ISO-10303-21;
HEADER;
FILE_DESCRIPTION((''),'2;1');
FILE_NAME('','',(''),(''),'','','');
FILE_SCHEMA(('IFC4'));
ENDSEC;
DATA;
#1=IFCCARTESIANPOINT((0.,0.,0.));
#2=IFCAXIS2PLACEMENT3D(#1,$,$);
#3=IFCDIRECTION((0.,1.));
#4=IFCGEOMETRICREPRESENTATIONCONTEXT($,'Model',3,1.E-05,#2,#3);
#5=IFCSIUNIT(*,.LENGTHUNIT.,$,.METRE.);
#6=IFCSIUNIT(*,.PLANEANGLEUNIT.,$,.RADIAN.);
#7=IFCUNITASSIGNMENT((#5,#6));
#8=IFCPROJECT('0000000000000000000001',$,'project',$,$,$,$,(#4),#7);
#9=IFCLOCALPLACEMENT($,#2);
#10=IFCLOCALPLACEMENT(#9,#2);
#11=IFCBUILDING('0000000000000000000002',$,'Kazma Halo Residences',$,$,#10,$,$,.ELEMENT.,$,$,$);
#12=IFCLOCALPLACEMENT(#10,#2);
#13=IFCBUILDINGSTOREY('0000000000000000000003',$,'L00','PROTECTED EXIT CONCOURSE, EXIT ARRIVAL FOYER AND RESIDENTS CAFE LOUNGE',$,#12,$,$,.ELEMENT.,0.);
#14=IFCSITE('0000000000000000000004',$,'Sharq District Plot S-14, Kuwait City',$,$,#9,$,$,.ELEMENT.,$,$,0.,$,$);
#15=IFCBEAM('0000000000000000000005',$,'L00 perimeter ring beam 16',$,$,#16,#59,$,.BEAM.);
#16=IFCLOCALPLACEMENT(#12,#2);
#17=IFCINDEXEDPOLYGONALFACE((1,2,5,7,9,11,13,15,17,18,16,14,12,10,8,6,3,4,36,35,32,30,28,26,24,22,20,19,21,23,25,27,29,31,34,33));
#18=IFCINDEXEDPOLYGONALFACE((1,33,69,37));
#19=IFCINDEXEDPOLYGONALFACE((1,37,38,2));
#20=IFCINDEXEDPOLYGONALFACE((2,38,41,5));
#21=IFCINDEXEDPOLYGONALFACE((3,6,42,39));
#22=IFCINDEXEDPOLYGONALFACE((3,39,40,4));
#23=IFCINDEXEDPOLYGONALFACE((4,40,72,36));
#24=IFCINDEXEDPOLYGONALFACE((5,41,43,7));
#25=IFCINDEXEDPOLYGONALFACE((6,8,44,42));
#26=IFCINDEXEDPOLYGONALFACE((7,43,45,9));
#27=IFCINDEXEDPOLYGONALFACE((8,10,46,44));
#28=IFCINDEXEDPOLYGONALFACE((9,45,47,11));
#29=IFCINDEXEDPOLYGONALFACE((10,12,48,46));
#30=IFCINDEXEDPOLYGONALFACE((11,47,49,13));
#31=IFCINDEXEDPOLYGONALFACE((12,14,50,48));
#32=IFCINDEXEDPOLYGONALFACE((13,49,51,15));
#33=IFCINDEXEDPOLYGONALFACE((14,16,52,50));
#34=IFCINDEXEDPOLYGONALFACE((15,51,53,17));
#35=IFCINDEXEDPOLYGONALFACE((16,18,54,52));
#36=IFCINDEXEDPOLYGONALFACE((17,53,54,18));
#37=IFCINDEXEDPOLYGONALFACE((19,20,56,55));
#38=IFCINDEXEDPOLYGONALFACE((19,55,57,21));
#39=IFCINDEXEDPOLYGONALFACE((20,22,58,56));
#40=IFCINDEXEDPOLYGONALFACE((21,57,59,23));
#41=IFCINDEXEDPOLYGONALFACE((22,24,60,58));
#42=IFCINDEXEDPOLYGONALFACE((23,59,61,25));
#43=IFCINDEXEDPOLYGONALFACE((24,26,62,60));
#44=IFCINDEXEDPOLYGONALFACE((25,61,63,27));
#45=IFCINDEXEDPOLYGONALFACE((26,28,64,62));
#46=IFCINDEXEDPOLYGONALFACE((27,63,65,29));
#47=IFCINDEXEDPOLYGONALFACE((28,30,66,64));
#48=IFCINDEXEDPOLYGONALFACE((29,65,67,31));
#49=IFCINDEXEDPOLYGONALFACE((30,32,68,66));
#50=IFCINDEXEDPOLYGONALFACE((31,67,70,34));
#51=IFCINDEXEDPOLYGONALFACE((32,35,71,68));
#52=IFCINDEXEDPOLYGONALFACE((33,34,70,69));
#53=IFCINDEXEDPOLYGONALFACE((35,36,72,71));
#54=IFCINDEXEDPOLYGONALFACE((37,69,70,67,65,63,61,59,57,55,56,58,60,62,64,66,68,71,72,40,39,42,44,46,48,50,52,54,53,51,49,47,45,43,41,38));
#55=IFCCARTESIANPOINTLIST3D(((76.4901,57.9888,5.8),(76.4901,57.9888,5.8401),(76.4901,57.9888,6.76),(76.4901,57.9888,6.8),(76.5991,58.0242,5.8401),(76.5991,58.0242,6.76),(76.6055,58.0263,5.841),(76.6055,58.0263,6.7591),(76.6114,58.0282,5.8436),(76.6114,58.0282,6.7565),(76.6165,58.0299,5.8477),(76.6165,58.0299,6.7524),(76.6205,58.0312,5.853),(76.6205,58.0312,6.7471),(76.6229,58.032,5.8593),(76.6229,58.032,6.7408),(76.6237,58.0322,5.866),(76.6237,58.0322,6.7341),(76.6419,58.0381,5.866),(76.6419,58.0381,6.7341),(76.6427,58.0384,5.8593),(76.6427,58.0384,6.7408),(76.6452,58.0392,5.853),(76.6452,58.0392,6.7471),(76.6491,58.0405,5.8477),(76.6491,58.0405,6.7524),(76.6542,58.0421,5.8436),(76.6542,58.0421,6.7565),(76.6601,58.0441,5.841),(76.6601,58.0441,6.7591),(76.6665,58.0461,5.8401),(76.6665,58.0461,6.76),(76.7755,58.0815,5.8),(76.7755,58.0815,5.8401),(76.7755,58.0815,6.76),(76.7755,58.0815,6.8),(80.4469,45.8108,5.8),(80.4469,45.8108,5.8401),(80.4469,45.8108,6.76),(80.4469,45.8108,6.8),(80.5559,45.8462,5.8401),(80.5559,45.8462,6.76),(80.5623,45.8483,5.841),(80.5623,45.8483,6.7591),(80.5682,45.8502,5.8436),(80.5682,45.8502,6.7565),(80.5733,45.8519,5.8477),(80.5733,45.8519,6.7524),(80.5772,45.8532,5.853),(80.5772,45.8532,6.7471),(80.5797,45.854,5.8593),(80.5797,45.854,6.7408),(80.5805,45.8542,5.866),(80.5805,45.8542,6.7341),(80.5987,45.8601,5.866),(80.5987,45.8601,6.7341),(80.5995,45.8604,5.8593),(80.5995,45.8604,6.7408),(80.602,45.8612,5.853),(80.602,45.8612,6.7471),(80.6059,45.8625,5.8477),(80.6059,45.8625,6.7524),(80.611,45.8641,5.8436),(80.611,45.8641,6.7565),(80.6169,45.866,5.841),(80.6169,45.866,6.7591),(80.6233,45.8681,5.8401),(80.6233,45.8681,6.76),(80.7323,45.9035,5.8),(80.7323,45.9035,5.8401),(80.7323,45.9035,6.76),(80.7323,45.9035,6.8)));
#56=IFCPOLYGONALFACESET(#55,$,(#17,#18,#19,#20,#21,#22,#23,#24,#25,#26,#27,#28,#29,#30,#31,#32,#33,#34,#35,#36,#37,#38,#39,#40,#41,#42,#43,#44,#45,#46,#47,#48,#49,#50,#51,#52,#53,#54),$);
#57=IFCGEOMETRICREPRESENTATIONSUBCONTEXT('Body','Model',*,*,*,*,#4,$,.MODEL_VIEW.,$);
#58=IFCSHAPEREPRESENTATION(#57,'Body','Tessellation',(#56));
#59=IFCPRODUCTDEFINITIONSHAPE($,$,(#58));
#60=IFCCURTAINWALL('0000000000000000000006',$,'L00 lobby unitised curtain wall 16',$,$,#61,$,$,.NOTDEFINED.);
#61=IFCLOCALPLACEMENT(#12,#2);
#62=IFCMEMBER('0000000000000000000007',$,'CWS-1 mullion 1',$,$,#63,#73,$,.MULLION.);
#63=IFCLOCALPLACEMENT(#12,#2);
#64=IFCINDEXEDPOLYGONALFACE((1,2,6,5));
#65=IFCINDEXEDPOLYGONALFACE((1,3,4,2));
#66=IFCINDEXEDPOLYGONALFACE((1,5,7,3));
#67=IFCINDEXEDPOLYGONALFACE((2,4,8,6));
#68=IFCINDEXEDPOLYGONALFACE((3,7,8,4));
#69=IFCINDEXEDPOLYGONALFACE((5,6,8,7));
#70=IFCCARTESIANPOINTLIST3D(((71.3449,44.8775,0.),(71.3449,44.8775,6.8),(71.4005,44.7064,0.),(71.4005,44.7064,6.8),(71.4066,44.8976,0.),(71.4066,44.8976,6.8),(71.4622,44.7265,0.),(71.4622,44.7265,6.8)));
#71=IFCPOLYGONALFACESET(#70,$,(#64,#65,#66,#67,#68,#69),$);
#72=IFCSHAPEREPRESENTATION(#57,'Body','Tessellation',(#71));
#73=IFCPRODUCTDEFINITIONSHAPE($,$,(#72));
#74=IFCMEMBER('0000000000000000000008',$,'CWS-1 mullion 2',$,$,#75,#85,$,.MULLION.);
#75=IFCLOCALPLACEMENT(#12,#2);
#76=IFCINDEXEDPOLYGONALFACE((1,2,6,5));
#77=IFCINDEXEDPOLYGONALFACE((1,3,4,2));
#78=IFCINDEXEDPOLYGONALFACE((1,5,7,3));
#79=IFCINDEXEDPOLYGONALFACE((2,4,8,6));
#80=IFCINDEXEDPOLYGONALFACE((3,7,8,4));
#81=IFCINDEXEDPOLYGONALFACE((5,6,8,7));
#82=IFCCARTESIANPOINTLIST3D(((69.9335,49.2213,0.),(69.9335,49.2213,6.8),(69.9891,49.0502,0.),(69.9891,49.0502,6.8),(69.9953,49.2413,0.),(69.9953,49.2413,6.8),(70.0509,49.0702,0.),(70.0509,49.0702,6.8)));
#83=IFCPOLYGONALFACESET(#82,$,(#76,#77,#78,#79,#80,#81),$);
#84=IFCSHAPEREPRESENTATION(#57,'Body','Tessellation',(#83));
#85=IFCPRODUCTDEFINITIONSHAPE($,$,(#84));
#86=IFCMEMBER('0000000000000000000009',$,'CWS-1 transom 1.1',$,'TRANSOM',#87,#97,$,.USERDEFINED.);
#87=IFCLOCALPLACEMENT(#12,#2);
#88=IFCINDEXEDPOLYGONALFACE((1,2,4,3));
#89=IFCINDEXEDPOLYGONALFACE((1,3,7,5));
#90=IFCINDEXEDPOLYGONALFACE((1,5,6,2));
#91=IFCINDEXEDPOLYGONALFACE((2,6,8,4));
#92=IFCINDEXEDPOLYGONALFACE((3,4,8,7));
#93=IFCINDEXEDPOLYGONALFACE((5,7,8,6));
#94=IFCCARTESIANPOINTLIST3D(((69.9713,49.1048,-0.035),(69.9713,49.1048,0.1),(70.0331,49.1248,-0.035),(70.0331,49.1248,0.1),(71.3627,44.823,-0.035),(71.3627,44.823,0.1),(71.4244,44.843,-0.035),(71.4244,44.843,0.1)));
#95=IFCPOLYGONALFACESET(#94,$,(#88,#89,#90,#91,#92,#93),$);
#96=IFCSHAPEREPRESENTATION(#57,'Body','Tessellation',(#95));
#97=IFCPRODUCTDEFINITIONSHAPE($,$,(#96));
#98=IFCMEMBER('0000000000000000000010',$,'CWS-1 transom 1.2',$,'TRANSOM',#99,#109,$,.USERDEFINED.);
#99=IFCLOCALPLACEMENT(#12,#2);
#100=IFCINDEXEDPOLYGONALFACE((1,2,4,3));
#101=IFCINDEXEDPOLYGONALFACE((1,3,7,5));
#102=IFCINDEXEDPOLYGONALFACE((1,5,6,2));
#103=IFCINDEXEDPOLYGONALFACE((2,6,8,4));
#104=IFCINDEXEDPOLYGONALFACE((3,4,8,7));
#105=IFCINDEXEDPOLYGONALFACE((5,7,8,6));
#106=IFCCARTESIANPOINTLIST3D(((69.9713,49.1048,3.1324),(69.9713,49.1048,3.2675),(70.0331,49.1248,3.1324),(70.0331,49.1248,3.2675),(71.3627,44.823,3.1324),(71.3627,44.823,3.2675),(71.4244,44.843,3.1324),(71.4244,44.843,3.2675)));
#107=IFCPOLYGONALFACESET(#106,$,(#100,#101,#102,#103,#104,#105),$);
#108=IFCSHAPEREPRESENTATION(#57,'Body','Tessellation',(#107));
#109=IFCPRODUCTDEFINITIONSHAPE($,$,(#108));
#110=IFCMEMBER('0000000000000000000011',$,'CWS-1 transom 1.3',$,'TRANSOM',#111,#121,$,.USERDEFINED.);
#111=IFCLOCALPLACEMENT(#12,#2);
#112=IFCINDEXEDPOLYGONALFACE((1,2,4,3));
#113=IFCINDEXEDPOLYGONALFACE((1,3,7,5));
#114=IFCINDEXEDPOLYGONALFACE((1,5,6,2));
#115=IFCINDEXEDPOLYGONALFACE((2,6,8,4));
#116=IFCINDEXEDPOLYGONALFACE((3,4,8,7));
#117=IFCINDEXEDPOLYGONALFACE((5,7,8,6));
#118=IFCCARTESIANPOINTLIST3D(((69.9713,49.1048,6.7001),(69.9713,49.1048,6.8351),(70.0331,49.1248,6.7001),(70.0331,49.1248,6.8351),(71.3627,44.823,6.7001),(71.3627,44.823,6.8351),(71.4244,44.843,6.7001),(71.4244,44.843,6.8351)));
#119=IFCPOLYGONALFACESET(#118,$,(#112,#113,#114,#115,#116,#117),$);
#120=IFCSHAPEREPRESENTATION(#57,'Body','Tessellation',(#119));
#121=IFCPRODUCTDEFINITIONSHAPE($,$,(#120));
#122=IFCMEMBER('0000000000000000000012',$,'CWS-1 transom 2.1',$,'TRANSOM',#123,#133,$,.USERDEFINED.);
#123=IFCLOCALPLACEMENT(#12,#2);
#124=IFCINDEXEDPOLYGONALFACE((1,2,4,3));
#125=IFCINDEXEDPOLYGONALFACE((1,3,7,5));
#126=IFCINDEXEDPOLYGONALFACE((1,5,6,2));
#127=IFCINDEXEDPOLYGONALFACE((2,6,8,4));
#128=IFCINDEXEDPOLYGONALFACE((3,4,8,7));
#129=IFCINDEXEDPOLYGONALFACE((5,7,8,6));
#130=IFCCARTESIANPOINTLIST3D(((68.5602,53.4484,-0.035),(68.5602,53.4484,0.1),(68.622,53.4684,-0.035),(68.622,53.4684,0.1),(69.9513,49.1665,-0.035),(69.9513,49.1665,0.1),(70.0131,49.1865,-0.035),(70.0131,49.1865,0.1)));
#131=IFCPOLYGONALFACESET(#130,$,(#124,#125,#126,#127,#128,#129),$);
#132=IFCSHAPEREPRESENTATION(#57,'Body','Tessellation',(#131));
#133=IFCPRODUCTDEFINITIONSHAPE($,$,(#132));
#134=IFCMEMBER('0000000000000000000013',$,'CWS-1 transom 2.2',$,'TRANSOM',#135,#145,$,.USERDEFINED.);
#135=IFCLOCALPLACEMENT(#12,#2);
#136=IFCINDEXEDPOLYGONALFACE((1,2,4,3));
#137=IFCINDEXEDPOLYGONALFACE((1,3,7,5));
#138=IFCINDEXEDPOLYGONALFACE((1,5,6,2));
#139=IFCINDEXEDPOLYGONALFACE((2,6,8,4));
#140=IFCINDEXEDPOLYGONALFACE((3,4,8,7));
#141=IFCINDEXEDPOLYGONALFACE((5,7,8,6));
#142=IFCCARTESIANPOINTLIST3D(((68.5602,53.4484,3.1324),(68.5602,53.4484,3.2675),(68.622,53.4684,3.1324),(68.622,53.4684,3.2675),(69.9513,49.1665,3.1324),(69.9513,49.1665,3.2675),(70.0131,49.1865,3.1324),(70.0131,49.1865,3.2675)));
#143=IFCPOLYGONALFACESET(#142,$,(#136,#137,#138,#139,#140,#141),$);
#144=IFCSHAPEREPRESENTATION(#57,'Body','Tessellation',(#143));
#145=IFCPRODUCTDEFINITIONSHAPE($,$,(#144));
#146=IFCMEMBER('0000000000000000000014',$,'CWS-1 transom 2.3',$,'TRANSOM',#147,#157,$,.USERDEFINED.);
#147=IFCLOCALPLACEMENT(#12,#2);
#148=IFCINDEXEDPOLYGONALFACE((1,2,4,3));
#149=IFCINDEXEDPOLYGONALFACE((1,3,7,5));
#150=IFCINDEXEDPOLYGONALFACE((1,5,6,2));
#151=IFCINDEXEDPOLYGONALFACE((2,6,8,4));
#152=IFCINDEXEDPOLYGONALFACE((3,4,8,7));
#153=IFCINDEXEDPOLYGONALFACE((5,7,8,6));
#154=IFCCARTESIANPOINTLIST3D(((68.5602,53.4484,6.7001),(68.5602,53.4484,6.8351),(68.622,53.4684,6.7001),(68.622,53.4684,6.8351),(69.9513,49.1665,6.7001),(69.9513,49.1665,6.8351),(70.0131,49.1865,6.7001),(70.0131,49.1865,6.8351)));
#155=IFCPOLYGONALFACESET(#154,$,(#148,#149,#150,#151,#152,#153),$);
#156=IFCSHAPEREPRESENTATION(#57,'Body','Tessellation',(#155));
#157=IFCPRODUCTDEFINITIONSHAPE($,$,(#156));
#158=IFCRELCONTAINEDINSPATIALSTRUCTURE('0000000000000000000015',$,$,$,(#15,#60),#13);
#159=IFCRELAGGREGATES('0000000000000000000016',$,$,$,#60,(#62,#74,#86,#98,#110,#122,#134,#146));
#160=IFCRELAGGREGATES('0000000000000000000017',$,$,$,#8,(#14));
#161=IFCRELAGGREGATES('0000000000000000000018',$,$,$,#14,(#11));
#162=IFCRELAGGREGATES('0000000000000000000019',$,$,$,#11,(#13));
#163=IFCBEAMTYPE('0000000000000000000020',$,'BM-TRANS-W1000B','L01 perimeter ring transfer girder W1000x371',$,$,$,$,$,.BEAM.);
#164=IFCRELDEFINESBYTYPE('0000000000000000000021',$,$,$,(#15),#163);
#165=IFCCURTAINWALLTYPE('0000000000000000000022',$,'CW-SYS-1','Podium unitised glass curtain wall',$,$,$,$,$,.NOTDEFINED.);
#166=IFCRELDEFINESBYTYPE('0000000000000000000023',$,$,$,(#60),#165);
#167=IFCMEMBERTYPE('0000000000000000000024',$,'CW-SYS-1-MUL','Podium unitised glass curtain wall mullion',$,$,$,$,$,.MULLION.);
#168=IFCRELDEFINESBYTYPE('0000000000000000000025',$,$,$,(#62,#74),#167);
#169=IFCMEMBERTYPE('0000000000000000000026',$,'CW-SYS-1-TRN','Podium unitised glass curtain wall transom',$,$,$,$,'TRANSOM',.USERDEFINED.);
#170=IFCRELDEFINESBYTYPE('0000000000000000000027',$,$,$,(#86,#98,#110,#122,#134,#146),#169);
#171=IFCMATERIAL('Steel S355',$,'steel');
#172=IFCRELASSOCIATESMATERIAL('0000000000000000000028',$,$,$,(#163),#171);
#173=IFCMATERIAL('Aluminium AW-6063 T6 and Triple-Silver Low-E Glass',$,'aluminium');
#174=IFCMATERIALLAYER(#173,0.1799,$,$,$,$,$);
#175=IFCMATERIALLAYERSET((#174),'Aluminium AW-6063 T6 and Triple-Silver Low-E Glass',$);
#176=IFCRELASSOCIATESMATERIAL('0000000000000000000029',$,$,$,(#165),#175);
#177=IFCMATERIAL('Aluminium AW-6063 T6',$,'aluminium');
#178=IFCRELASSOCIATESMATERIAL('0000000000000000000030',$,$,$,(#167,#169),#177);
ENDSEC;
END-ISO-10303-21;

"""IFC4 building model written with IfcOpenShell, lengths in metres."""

from ifc_helpers import new_model, si_unit, direction, frame, origin, origin_2d, place, context, subcontext, project, spatial, rectangle, i_section, extrude, material, layer, layer_set, material_profile, profile_set, type_object, element, aggregate, save


model = new_model("IFC4")

# Units and contexts
model_context = context("Model", 3, precision=1e-05, world=origin(), true_north=direction((0.0, 1.0)))
body_context = subcontext(model_context, "Body", "Model", "MODEL_VIEW")
ifc_project = project(units=[si_unit("LENGTHUNIT", "METRE"), si_unit("PLANEANGLEUNIT", "RADIAN")], contexts=[model_context])

# Site, building, storey
site_placement = place(None, origin())
site = spatial("IfcSite", under=ifc_project, at=site_placement, Name="Sharq District Plot S-14, Kuwait City", CompositionType="ELEMENT", RefElevation=0.0)
building_placement = place(site_placement, origin())
building = spatial("IfcBuilding", under=site, at=building_placement, Name="Kazma Halo Residences", CompositionType="ELEMENT")
storey_placement = place(building_placement, origin())
storey = spatial("IfcBuildingStorey", under=building, at=storey_placement, Name="L00", Description="PROTECTED EXIT CONCOURSE, EXIT ARRIVAL FOYER AND RESIDENTS CAFE LOUNGE", CompositionType="ELEMENT", Elevation=0.0)

# Shared definitions
ifc_material_1 = material(Name="Steel S355", Category="steel")

# Beam
ifc_material_profile_1 = material_profile(ifc_material_1, i_section(OverallWidth=0.3, OverallDepth=1.0, WebThickness=0.019, FlangeThickness=0.04, FilletRadius=0.0259, at=origin_2d()), Name="W1000x371")
ifc_profile_set_1 = profile_set([ifc_material_profile_1], Name="Steel S355")
beam_type_1 = type_object("IfcBeamType", Name="BM-TRANS-W1000B", Description="L01 perimeter ring transfer girder W1000x371", PredefinedType="BEAM", material=ifc_profile_set_1)
beam_1_placement = place(storey_placement, frame((80.5896, 45.8572, 6.3), z_axis=(-0.309011, 0.951058, 0.0), x_axis=(-0.951058, -0.309011, 0.0)))
element("IfcBeam", 1, at=beam_1_placement, inside=storey, type_object=beam_type_1, Name="L00 perimeter ring beam 16", PredefinedType="BEAM", context=body_context, shape_type="SweptSolid", body=[
    extrude(i_section(OverallWidth=0.3, OverallDepth=1.0, WebThickness=0.019, FlangeThickness=0.04, FilletRadius=0.0259, at=origin_2d()), origin(), (0.0, 0.0, 1.0), 12.8047),
])

# Curtain wall, members
ifc_material_2 = material(Name="Aluminium AW-6063 T6 and Triple-Silver Low-E Glass", Category="aluminium")
ifc_layer_1 = layer(ifc_material_2, 0.1799)
ifc_layer_set_1 = layer_set([ifc_layer_1], Name="Aluminium AW-6063 T6 and Triple-Silver Low-E Glass")
curtain_wall_type = type_object("IfcCurtainWallType", Name="CW-SYS-1", Description="Podium unitised glass curtain wall", PredefinedType="NOTDEFINED", material=ifc_layer_set_1)
curtain_wall_placement = place(storey_placement, origin())
curtain_wall = element("IfcCurtainWall", 2, at=curtain_wall_placement, inside=storey, type_object=curtain_wall_type, Name="L00 lobby unitised curtain wall 16", PredefinedType="NOTDEFINED")
ifc_material_3 = material(Name="Aluminium AW-6063 T6", Category="aluminium")
ifc_material_profile_2 = material_profile(ifc_material_3, rectangle(XDim=0.0649, YDim=0.1799, at=origin_2d()), Name="CWM-65x180")
ifc_profile_set_2 = profile_set([ifc_material_profile_2], Name="Aluminium AW-6063 T6")
member_type_1 = type_object("IfcMemberType", Name="CW-SYS-1-MUL", Description="Podium unitised glass curtain wall mullion", PredefinedType="MULLION", material=ifc_profile_set_2)
member_1_placement = place(storey_placement, frame((71.4036, 44.802, 0.0), z_axis=(0.0, 0.0, 1.0), x_axis=(-0.951057, -0.309015, 0.0)))
member_1 = element("IfcMember", 3, at=member_1_placement, type_object=member_type_1, Name="CWS-1 mullion 1", PredefinedType="MULLION", context=body_context, shape_type="SweptSolid", body=[
    extrude(rectangle(XDim=0.0649, YDim=0.1799, at=origin_2d()), origin(), (0.0, 0.0, 1.0), 6.8),
])
member_2_placement = place(storey_placement, frame((69.9922, 49.1458, 0.0), z_axis=(0.0, 0.0, 1.0), x_axis=(-0.951057, -0.309015, 0.0)))
member_2 = element("IfcMember", 4, at=member_2_placement, type_object=member_type_1, Name="CWS-1 mullion 2", PredefinedType="MULLION", context=body_context, shape_type="SweptSolid", body=[
    extrude(rectangle(XDim=0.0649, YDim=0.1799, at=origin_2d()), origin(), (0.0, 0.0, 1.0), 6.8),
])
ifc_material_profile_3 = material_profile(ifc_material_3, rectangle(XDim=0.0649, YDim=0.135, at=origin_2d()), Name="CWT-65x135")
ifc_profile_set_3 = profile_set([ifc_material_profile_3], Name="Aluminium AW-6063 T6")
member_type_2 = type_object("IfcMemberType", Name="CW-SYS-1-TRN", Description="Podium unitised glass curtain wall transom", ElementType="TRANSOM", PredefinedType="USERDEFINED", material=ifc_profile_set_3)
member_3_placement = place(storey_placement, frame((71.3936, 44.833, 0.0325), z_axis=(-0.309044, 0.951048, 0.0), x_axis=(-0.951048, -0.309044, 0.0)))
member_3 = element("IfcMember", 5, at=member_3_placement, type_object=member_type_2, Name="CWS-1 transom 1.1", ObjectType="TRANSOM", PredefinedType="USERDEFINED", context=body_context, shape_type="SweptSolid", body=[
    extrude(rectangle(XDim=0.0649, YDim=0.135, at=origin_2d()), origin(), (0.0, 0.0, 1.0), 4.5022),
])
member_4_placement = place(storey_placement, frame((71.3936, 44.833, 3.2), z_axis=(-0.309044, 0.951048, 0.0), x_axis=(-0.951048, -0.309044, 0.0)))
member_4 = element("IfcMember", 6, at=member_4_placement, type_object=member_type_2, Name="CWS-1 transom 1.2", ObjectType="TRANSOM", PredefinedType="USERDEFINED", context=body_context, shape_type="SweptSolid", body=[
    extrude(rectangle(XDim=0.0649, YDim=0.135, at=origin_2d()), origin(), (0.0, 0.0, 1.0), 4.5022),
])
member_5_placement = place(storey_placement, frame((71.3936, 44.833, 6.7676), z_axis=(-0.309044, 0.951048, 0.0), x_axis=(-0.951048, -0.309044, 0.0)))
member_5 = element("IfcMember", 7, at=member_5_placement, type_object=member_type_2, Name="CWS-1 transom 1.3", ObjectType="TRANSOM", PredefinedType="USERDEFINED", context=body_context, shape_type="SweptSolid", body=[
    extrude(rectangle(XDim=0.0649, YDim=0.135, at=origin_2d()), origin(), (0.0, 0.0, 1.0), 4.5022),
])
member_6_placement = place(storey_placement, frame((69.9822, 49.1765, 0.0325), z_axis=(-0.308979, 0.951069, 0.0), x_axis=(-0.951069, -0.308979, 0.0)))
member_6 = element("IfcMember", 8, at=member_6_placement, type_object=member_type_2, Name="CWS-1 transom 2.1", ObjectType="TRANSOM", PredefinedType="USERDEFINED", context=body_context, shape_type="SweptSolid", body=[
    extrude(rectangle(XDim=0.0649, YDim=0.135, at=origin_2d()), origin(), (0.0, 0.0, 1.0), 4.5022),
])
member_7_placement = place(storey_placement, frame((69.9822, 49.1765, 3.2), z_axis=(-0.308979, 0.951069, 0.0), x_axis=(-0.951069, -0.308979, 0.0)))
member_7 = element("IfcMember", 9, at=member_7_placement, type_object=member_type_2, Name="CWS-1 transom 2.2", ObjectType="TRANSOM", PredefinedType="USERDEFINED", context=body_context, shape_type="SweptSolid", body=[
    extrude(rectangle(XDim=0.0649, YDim=0.135, at=origin_2d()), origin(), (0.0, 0.0, 1.0), 4.5022),
])
member_8_placement = place(storey_placement, frame((69.9822, 49.1765, 6.7676), z_axis=(-0.308979, 0.951069, 0.0), x_axis=(-0.951069, -0.308979, 0.0)))
member_8 = element("IfcMember", 10, at=member_8_placement, type_object=member_type_2, Name="CWS-1 transom 2.3", ObjectType="TRANSOM", PredefinedType="USERDEFINED", context=body_context, shape_type="SweptSolid", body=[
    extrude(rectangle(XDim=0.0649, YDim=0.135, at=origin_2d()), origin(), (0.0, 0.0, 1.0), 4.5022),
])

aggregate(curtain_wall, [member_1, member_2, member_3, member_4, member_5, member_6, member_7, member_8])

save(model, "model.ifc")
